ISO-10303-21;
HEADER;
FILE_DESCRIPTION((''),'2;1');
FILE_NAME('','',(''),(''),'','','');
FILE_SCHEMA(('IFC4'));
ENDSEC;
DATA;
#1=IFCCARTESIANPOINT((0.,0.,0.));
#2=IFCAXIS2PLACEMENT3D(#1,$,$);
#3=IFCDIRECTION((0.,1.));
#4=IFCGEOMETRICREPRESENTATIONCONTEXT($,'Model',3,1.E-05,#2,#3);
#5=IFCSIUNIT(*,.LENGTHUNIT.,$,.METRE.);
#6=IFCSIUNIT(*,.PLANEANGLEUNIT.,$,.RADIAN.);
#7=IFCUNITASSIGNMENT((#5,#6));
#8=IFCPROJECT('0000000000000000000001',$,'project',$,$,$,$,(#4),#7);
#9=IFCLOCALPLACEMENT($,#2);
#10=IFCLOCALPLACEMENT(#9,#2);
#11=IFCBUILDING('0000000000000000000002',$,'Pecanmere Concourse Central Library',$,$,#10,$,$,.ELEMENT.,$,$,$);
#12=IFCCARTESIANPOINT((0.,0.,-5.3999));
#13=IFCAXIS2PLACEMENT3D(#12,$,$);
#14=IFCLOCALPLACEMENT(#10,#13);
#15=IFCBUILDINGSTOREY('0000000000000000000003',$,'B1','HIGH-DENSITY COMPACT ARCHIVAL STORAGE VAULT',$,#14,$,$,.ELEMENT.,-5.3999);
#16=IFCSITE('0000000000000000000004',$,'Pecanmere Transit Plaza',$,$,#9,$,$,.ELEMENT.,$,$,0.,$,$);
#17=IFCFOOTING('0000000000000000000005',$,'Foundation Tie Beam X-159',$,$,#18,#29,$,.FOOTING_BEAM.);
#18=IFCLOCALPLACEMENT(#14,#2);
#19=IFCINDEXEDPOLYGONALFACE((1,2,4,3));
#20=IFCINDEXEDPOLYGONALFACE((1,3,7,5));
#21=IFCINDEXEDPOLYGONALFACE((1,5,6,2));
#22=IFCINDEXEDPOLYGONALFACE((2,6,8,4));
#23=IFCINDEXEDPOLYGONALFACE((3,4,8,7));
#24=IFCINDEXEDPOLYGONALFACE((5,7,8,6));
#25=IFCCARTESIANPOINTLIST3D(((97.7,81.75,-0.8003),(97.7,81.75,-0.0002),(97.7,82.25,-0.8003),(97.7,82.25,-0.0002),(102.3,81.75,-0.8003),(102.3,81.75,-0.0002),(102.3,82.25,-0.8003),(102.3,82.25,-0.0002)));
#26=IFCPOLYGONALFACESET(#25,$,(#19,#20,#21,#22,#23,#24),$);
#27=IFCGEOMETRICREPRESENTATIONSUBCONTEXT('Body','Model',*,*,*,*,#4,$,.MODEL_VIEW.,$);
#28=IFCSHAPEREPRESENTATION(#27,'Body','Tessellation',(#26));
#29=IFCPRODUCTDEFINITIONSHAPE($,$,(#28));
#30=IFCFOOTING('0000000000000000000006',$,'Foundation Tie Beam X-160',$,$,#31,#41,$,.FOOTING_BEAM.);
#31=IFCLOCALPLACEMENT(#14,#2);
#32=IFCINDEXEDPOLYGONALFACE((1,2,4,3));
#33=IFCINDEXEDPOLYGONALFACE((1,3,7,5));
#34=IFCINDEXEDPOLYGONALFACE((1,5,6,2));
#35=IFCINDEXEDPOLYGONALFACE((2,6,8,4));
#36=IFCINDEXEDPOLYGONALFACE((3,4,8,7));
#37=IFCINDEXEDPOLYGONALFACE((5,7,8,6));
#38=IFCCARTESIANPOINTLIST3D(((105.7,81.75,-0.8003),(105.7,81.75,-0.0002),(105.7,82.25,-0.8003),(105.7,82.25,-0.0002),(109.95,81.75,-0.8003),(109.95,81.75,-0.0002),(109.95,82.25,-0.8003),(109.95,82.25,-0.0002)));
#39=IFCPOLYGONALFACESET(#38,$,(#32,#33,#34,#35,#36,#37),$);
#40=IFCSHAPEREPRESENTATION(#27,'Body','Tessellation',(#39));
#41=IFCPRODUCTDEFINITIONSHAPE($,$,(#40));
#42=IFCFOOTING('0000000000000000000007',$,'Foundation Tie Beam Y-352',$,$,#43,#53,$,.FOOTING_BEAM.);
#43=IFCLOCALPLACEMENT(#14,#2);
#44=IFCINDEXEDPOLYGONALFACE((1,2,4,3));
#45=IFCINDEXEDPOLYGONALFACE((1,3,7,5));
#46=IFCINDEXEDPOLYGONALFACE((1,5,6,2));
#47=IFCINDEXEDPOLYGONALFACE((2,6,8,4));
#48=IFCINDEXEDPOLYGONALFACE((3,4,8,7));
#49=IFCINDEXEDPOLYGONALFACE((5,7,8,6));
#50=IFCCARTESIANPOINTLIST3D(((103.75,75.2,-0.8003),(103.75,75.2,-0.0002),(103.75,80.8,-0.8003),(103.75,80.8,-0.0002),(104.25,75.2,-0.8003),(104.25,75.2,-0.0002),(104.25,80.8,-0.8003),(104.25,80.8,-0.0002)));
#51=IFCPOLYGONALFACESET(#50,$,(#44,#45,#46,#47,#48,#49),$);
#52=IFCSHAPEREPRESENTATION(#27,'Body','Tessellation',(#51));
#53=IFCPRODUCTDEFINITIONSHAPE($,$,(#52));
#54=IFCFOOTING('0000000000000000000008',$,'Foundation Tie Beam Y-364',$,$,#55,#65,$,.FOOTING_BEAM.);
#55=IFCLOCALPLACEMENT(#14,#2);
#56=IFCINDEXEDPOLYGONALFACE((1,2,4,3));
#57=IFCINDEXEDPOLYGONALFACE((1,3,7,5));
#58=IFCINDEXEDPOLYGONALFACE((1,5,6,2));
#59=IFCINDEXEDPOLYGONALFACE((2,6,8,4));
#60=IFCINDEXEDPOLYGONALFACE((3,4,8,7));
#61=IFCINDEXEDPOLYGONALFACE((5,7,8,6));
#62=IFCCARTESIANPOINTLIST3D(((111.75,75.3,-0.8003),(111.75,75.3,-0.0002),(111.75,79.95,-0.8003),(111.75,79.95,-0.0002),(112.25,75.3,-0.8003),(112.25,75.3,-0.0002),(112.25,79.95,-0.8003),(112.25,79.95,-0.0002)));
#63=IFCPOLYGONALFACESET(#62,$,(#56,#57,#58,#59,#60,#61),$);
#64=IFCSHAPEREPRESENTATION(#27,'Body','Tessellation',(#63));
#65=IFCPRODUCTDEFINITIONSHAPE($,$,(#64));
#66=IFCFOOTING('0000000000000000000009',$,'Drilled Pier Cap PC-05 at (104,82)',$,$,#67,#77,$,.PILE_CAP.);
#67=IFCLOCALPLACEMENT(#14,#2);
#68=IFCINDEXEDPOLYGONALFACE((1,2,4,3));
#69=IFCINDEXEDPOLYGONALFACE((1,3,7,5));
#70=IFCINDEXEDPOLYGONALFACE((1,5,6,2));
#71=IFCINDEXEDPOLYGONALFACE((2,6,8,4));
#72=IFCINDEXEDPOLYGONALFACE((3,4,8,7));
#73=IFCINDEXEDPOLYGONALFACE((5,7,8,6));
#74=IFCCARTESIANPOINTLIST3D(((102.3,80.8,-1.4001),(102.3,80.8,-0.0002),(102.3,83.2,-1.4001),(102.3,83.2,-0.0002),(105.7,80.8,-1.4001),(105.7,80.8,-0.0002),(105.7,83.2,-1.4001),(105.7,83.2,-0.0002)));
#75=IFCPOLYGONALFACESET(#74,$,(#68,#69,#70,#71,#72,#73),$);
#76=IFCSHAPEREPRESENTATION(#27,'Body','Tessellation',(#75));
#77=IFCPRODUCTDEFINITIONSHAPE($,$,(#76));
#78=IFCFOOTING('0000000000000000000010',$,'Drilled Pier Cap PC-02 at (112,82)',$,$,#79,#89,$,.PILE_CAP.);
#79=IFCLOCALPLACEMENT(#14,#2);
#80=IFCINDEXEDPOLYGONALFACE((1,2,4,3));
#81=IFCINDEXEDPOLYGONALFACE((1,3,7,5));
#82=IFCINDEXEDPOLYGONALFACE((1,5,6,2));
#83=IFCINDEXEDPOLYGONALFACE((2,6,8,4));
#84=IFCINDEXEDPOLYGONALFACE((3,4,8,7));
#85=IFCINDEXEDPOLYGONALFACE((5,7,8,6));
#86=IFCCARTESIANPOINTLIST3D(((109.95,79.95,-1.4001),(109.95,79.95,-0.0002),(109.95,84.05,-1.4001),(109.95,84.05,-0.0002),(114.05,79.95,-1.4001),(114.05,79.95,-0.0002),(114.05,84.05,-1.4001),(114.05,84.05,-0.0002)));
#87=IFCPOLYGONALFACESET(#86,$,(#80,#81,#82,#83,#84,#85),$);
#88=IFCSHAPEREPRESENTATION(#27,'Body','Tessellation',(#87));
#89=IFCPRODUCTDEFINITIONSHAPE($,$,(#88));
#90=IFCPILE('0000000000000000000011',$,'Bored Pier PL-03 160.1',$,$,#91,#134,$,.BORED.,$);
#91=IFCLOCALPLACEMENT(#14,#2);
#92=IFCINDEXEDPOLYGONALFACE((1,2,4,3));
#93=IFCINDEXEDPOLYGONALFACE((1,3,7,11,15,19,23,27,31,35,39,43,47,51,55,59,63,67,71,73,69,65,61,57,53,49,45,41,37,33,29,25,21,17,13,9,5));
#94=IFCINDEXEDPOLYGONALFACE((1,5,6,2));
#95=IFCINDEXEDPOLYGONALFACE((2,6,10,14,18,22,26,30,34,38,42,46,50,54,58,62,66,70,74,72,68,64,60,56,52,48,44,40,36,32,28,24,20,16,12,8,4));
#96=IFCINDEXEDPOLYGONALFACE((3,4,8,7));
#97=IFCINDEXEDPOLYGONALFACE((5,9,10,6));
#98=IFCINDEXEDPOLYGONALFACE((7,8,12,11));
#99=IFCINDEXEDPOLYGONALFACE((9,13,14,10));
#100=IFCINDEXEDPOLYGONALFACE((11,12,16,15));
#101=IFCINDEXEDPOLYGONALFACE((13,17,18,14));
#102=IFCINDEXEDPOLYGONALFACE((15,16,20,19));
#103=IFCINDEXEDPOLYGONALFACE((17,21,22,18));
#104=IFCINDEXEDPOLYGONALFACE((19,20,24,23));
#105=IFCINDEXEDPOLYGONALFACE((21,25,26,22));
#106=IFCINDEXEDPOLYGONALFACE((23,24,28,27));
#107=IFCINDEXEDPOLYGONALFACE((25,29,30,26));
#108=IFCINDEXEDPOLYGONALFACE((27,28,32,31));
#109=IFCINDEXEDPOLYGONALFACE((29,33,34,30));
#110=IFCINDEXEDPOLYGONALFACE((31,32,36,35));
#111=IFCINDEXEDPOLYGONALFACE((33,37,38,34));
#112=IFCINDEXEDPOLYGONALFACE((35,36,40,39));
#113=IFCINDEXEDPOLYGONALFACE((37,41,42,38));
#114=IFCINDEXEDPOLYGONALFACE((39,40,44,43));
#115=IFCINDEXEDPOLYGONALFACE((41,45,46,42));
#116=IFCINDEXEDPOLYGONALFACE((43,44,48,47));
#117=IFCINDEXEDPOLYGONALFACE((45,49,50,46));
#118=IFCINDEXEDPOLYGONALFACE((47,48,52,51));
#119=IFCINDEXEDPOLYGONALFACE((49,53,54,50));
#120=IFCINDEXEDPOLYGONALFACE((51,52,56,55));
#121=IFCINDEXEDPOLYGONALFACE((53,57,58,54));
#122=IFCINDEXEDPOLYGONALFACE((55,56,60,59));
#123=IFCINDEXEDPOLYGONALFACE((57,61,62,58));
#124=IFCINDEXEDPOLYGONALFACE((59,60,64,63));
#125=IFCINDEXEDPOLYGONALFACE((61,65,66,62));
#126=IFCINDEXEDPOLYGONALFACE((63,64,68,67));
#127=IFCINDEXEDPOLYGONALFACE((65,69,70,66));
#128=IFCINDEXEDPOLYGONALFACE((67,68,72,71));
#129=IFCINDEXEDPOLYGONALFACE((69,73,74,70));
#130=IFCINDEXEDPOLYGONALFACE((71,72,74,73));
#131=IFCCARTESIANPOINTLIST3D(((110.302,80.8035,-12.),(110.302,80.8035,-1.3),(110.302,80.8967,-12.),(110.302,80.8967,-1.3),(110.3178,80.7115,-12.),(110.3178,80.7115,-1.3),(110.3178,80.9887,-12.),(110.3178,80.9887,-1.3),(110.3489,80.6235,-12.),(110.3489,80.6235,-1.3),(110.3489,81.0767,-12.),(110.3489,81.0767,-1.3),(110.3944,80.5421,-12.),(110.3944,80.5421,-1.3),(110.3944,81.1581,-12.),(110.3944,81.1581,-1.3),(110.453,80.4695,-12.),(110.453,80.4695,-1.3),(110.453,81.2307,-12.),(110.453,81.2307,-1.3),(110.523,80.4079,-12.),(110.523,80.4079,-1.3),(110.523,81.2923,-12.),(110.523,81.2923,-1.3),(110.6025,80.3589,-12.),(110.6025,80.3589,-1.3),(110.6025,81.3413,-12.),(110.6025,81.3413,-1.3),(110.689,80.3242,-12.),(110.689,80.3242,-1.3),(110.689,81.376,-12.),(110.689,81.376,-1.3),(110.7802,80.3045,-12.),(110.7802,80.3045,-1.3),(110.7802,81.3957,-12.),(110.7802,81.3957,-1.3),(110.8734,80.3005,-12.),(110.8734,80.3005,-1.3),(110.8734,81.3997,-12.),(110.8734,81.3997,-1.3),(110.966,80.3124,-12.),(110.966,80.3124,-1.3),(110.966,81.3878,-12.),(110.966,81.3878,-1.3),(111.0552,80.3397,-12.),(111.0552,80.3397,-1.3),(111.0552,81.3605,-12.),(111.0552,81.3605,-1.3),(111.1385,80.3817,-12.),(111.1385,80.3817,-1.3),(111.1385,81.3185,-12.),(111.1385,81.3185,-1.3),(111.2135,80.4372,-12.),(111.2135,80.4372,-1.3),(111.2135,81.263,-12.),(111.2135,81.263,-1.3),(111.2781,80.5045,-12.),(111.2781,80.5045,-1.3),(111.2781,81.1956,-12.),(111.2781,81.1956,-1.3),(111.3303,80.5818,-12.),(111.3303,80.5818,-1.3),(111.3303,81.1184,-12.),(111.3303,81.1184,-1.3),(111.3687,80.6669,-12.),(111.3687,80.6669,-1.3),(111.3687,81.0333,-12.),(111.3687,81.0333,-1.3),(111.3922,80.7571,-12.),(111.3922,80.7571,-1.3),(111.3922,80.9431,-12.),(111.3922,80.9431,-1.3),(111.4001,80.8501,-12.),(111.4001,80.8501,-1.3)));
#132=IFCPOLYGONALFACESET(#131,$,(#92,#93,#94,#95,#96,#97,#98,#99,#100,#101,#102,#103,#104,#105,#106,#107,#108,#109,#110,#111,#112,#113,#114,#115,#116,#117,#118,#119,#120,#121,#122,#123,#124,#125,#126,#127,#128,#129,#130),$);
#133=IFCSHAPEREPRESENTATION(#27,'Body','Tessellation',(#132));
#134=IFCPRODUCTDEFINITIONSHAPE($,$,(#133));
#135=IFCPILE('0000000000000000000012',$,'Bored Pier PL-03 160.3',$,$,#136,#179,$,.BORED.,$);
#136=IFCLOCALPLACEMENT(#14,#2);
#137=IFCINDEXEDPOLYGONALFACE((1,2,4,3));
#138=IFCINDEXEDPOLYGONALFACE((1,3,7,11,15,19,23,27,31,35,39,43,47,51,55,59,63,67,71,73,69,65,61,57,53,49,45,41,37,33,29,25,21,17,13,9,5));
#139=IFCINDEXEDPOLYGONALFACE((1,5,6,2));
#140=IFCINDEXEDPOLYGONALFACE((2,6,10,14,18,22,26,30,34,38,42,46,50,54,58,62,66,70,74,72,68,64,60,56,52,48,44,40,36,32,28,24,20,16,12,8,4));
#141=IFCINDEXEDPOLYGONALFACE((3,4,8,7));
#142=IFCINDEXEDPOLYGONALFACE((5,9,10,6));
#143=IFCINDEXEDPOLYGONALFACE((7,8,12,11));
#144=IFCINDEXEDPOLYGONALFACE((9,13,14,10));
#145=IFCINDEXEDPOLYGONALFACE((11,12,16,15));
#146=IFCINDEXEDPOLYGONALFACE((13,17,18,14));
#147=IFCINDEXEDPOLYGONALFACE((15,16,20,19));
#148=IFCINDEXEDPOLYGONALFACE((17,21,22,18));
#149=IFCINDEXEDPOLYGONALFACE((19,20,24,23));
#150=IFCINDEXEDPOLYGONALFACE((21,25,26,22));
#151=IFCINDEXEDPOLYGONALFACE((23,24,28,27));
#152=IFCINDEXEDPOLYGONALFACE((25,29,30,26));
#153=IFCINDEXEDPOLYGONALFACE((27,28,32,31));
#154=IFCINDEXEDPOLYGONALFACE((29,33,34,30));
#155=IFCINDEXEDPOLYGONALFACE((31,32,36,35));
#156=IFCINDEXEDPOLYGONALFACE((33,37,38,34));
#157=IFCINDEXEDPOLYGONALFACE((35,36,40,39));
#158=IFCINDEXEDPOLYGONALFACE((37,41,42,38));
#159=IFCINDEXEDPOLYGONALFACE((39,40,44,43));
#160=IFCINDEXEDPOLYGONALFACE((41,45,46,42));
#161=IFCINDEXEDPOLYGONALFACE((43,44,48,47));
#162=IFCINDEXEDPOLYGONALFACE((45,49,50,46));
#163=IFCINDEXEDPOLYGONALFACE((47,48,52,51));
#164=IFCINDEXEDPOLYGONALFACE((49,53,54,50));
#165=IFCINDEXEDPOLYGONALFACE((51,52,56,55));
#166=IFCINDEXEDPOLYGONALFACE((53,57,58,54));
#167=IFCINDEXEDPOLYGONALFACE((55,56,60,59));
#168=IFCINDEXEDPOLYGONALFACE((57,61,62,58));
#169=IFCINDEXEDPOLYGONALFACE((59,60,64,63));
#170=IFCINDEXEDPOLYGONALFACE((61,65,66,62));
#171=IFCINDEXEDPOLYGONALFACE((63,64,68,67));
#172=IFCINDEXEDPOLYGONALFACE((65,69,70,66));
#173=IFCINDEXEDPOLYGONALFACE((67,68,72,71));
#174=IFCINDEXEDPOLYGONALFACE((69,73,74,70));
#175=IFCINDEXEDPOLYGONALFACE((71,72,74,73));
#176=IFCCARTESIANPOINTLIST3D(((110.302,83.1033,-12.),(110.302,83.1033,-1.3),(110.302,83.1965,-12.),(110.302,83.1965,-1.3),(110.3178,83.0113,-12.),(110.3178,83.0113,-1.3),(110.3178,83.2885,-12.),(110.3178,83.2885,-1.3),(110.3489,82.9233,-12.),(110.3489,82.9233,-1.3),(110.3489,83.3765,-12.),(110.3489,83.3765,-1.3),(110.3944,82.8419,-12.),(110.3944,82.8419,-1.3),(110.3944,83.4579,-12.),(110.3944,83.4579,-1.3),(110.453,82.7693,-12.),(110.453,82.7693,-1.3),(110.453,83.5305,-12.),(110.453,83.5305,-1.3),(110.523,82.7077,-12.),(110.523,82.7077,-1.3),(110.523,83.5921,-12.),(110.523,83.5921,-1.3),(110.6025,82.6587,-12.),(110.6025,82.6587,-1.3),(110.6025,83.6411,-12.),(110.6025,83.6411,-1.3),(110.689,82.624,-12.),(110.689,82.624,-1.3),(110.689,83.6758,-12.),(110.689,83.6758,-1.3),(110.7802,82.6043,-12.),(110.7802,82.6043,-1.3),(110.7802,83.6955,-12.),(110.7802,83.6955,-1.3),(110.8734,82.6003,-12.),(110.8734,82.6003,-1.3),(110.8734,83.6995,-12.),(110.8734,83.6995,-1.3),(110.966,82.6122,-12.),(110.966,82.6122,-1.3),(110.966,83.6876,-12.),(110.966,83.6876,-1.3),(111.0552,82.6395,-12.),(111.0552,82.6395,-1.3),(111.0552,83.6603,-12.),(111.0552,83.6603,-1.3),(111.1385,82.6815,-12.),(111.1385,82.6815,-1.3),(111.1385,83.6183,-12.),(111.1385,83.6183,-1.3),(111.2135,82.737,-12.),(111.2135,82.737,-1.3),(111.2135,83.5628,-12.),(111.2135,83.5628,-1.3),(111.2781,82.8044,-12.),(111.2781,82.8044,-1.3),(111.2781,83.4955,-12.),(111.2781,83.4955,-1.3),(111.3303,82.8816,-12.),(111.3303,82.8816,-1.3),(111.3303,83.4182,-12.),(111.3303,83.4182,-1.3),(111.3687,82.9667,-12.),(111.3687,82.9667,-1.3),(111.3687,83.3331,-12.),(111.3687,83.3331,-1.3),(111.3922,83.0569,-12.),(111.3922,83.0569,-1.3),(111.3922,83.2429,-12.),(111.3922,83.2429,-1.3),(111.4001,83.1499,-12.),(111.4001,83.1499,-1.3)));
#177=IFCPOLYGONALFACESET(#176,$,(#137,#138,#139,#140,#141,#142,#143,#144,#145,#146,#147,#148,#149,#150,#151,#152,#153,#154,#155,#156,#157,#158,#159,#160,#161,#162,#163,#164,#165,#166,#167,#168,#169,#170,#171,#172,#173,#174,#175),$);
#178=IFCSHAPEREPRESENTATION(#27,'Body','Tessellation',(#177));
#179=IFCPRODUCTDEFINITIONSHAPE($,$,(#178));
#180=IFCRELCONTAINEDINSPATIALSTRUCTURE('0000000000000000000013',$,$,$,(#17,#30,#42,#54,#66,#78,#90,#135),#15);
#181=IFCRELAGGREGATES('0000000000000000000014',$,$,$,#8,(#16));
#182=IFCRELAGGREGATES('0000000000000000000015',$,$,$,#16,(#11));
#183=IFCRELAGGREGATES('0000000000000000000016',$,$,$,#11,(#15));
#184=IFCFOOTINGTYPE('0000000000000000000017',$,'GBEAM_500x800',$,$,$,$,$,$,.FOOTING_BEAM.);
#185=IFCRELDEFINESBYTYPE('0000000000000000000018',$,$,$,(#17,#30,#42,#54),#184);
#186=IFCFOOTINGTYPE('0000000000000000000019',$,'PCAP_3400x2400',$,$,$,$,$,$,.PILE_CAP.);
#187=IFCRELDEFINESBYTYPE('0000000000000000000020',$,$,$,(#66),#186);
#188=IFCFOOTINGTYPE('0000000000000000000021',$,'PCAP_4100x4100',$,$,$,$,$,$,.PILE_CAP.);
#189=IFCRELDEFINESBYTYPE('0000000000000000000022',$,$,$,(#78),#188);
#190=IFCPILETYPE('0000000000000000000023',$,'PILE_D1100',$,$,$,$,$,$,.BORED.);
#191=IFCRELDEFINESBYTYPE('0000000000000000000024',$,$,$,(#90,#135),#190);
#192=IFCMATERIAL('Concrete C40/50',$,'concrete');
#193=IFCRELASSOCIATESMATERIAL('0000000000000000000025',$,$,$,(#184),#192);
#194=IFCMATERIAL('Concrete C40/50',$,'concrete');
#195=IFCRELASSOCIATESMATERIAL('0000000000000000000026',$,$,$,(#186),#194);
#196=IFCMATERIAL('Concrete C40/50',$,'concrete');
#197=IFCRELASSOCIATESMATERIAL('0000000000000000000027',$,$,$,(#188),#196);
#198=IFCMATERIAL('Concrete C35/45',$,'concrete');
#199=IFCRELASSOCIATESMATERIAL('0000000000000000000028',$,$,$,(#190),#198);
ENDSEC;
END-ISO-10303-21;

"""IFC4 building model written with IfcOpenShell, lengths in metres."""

from ifc_helpers import new_model, si_unit, direction, frame, origin, origin_2d, place, context, subcontext, project, spatial, rectangle, circle, extrude, material, material_profile, profile_set, type_object, element, save


model = new_model("IFC4")

# Units and contexts
model_context = context("Model", 3, precision=1e-05, world=origin(), true_north=direction((0.0, 1.0)))
body_context = subcontext(model_context, "Body", "Model", "MODEL_VIEW")
ifc_project = project(units=[si_unit("LENGTHUNIT", "METRE"), si_unit("PLANEANGLEUNIT", "RADIAN")], contexts=[model_context])

# Site, building, storey
site_placement = place(None, origin())
site = spatial("IfcSite", under=ifc_project, at=site_placement, Name="Pecanmere Transit Plaza", CompositionType="ELEMENT", RefElevation=0.0)
building_placement = place(site_placement, origin())
building = spatial("IfcBuilding", under=site, at=building_placement, Name="Pecanmere Concourse Central Library", CompositionType="ELEMENT")
storey_placement = place(building_placement, frame((0.0, 0.0, -5.3999)))
storey = spatial("IfcBuildingStorey", under=building, at=storey_placement, Name="B1", Description="HIGH-DENSITY COMPACT ARCHIVAL STORAGE VAULT", CompositionType="ELEMENT", Elevation=-5.3999)

# Footings
ifc_material_1 = material(Name="Concrete C40/50", Category="concrete")
ifc_material_profile_1 = material_profile(ifc_material_1, rectangle(XDim=0.5, YDim=0.8, at=origin_2d()), Name="RC 500x800")
ifc_profile_set_1 = profile_set([ifc_material_profile_1], Name="Concrete C40/50")
footing_type_1 = type_object("IfcFootingType", Name="GBEAM_500x800", PredefinedType="FOOTING_BEAM", material=ifc_profile_set_1)
footing_1_placement = place(storey_placement, frame((100.0, 82.0, -0.8003), z_axis=(0.0, 0.0, 1.0), x_axis=(1.0, 0.0, 0.0)))
element("IfcFooting", 1, at=footing_1_placement, inside=storey, type_object=footing_type_1, Name="Foundation Tie Beam X-159", PredefinedType="FOOTING_BEAM", context=body_context, shape_type="SweptSolid", body=[
    extrude(rectangle(XDim=4.6001, YDim=0.5, at=origin_2d()), origin(), (0.0, 0.0, 1.0), 0.8),
])
footing_2_placement = place(storey_placement, frame((107.825, 82.0, -0.8003), z_axis=(0.0, 0.0, 1.0), x_axis=(1.0, 0.0, 0.0)))
element("IfcFooting", 2, at=footing_2_placement, inside=storey, type_object=footing_type_1, Name="Foundation Tie Beam X-160", PredefinedType="FOOTING_BEAM", context=body_context, shape_type="SweptSolid", body=[
    extrude(rectangle(XDim=4.25, YDim=0.5, at=origin_2d()), origin(), (0.0, 0.0, 1.0), 0.8),
])
footing_3_placement = place(storey_placement, frame((104.0, 78.0, -0.8003), z_axis=(0.0, 0.0, 1.0), x_axis=(0.0, 1.0, 0.0)))
element("IfcFooting", 3, at=footing_3_placement, inside=storey, type_object=footing_type_1, Name="Foundation Tie Beam Y-352", PredefinedType="FOOTING_BEAM", context=body_context, shape_type="SweptSolid", body=[
    extrude(rectangle(XDim=5.6001, YDim=0.5, at=origin_2d()), origin(), (0.0, 0.0, 1.0), 0.8),
])
footing_4_placement = place(storey_placement, frame((112.0, 77.625, -0.8003), z_axis=(0.0, 0.0, 1.0), x_axis=(0.0, 1.0, 0.0)))
element("IfcFooting", 4, at=footing_4_placement, inside=storey, type_object=footing_type_1, Name="Foundation Tie Beam Y-364", PredefinedType="FOOTING_BEAM", context=body_context, shape_type="SweptSolid", body=[
    extrude(rectangle(XDim=4.6499, YDim=0.5, at=origin_2d()), origin(), (0.0, 0.0, 1.0), 0.8),
])
ifc_material_2 = material(Name="Concrete C40/50", Category="concrete")
footing_type_2 = type_object("IfcFootingType", Name="PCAP_3400x2400", PredefinedType="PILE_CAP", material=ifc_material_2)
footing_5_placement = place(storey_placement, frame((104.0, 82.0, -1.4001), z_axis=(0.0, 0.0, 1.0), x_axis=(1.0, 0.0, 0.0)))
element("IfcFooting", 5, at=footing_5_placement, inside=storey, type_object=footing_type_2, Name="Drilled Pier Cap PC-05 at (104,82)", PredefinedType="PILE_CAP", context=body_context, shape_type="SweptSolid", body=[
    extrude(rectangle(XDim=3.3999, YDim=2.3999, at=origin_2d()), origin(), (0.0, 0.0, 1.0), 1.3999),
])
ifc_material_3 = material(Name="Concrete C40/50", Category="concrete")
footing_type_3 = type_object("IfcFootingType", Name="PCAP_4100x4100", PredefinedType="PILE_CAP", material=ifc_material_3)
footing_6_placement = place(storey_placement, frame((112.0, 82.0, -1.4001), z_axis=(0.0, 0.0, 1.0), x_axis=(1.0, 0.0, 0.0)))
element("IfcFooting", 6, at=footing_6_placement, inside=storey, type_object=footing_type_3, Name="Drilled Pier Cap PC-02 at (112,82)", PredefinedType="PILE_CAP", context=body_context, shape_type="SweptSolid", body=[
    extrude(rectangle(XDim=4.1001, YDim=4.1001, at=origin_2d()), origin(), (0.0, 0.0, 1.0), 1.3999),
])

# Piles
ifc_material_4 = material(Name="Concrete C35/45", Category="concrete")
ifc_material_profile_2 = material_profile(ifc_material_4, circle(Radius=0.55, at=origin_2d()), Name="PIER D1100")
ifc_profile_set_2 = profile_set([ifc_material_profile_2], Name="Concrete C35/45")
pile_type_1 = type_object("IfcPileType", Name="PILE_D1100", PredefinedType="BORED", material=ifc_profile_set_2)
for number, where, z_axis, x_axis, name in (
    (7, (110.8501, 80.8501, -1.3), (0.0, 0.0, -1.0), (1.0, 0.0, 0.0), "Bored Pier PL-03 160.1"),
    (8, (110.8501, 83.1499, -1.3), (0.0, 0.0, -1.0), (1.0, 0.0, 0.0), "Bored Pier PL-03 160.3"),
):
    element("IfcPile", number, at=place(storey_placement, frame(where, z_axis=z_axis, x_axis=x_axis)), inside=storey, type_object=pile_type_1, Name=name, PredefinedType="BORED", context=body_context, shape_type="SweptSolid", body=[
        extrude(circle(Radius=0.55, at=origin_2d()), origin(), (0.0, 0.0, 1.0), 10.7),
    ])

save(model, "model.ifc")
